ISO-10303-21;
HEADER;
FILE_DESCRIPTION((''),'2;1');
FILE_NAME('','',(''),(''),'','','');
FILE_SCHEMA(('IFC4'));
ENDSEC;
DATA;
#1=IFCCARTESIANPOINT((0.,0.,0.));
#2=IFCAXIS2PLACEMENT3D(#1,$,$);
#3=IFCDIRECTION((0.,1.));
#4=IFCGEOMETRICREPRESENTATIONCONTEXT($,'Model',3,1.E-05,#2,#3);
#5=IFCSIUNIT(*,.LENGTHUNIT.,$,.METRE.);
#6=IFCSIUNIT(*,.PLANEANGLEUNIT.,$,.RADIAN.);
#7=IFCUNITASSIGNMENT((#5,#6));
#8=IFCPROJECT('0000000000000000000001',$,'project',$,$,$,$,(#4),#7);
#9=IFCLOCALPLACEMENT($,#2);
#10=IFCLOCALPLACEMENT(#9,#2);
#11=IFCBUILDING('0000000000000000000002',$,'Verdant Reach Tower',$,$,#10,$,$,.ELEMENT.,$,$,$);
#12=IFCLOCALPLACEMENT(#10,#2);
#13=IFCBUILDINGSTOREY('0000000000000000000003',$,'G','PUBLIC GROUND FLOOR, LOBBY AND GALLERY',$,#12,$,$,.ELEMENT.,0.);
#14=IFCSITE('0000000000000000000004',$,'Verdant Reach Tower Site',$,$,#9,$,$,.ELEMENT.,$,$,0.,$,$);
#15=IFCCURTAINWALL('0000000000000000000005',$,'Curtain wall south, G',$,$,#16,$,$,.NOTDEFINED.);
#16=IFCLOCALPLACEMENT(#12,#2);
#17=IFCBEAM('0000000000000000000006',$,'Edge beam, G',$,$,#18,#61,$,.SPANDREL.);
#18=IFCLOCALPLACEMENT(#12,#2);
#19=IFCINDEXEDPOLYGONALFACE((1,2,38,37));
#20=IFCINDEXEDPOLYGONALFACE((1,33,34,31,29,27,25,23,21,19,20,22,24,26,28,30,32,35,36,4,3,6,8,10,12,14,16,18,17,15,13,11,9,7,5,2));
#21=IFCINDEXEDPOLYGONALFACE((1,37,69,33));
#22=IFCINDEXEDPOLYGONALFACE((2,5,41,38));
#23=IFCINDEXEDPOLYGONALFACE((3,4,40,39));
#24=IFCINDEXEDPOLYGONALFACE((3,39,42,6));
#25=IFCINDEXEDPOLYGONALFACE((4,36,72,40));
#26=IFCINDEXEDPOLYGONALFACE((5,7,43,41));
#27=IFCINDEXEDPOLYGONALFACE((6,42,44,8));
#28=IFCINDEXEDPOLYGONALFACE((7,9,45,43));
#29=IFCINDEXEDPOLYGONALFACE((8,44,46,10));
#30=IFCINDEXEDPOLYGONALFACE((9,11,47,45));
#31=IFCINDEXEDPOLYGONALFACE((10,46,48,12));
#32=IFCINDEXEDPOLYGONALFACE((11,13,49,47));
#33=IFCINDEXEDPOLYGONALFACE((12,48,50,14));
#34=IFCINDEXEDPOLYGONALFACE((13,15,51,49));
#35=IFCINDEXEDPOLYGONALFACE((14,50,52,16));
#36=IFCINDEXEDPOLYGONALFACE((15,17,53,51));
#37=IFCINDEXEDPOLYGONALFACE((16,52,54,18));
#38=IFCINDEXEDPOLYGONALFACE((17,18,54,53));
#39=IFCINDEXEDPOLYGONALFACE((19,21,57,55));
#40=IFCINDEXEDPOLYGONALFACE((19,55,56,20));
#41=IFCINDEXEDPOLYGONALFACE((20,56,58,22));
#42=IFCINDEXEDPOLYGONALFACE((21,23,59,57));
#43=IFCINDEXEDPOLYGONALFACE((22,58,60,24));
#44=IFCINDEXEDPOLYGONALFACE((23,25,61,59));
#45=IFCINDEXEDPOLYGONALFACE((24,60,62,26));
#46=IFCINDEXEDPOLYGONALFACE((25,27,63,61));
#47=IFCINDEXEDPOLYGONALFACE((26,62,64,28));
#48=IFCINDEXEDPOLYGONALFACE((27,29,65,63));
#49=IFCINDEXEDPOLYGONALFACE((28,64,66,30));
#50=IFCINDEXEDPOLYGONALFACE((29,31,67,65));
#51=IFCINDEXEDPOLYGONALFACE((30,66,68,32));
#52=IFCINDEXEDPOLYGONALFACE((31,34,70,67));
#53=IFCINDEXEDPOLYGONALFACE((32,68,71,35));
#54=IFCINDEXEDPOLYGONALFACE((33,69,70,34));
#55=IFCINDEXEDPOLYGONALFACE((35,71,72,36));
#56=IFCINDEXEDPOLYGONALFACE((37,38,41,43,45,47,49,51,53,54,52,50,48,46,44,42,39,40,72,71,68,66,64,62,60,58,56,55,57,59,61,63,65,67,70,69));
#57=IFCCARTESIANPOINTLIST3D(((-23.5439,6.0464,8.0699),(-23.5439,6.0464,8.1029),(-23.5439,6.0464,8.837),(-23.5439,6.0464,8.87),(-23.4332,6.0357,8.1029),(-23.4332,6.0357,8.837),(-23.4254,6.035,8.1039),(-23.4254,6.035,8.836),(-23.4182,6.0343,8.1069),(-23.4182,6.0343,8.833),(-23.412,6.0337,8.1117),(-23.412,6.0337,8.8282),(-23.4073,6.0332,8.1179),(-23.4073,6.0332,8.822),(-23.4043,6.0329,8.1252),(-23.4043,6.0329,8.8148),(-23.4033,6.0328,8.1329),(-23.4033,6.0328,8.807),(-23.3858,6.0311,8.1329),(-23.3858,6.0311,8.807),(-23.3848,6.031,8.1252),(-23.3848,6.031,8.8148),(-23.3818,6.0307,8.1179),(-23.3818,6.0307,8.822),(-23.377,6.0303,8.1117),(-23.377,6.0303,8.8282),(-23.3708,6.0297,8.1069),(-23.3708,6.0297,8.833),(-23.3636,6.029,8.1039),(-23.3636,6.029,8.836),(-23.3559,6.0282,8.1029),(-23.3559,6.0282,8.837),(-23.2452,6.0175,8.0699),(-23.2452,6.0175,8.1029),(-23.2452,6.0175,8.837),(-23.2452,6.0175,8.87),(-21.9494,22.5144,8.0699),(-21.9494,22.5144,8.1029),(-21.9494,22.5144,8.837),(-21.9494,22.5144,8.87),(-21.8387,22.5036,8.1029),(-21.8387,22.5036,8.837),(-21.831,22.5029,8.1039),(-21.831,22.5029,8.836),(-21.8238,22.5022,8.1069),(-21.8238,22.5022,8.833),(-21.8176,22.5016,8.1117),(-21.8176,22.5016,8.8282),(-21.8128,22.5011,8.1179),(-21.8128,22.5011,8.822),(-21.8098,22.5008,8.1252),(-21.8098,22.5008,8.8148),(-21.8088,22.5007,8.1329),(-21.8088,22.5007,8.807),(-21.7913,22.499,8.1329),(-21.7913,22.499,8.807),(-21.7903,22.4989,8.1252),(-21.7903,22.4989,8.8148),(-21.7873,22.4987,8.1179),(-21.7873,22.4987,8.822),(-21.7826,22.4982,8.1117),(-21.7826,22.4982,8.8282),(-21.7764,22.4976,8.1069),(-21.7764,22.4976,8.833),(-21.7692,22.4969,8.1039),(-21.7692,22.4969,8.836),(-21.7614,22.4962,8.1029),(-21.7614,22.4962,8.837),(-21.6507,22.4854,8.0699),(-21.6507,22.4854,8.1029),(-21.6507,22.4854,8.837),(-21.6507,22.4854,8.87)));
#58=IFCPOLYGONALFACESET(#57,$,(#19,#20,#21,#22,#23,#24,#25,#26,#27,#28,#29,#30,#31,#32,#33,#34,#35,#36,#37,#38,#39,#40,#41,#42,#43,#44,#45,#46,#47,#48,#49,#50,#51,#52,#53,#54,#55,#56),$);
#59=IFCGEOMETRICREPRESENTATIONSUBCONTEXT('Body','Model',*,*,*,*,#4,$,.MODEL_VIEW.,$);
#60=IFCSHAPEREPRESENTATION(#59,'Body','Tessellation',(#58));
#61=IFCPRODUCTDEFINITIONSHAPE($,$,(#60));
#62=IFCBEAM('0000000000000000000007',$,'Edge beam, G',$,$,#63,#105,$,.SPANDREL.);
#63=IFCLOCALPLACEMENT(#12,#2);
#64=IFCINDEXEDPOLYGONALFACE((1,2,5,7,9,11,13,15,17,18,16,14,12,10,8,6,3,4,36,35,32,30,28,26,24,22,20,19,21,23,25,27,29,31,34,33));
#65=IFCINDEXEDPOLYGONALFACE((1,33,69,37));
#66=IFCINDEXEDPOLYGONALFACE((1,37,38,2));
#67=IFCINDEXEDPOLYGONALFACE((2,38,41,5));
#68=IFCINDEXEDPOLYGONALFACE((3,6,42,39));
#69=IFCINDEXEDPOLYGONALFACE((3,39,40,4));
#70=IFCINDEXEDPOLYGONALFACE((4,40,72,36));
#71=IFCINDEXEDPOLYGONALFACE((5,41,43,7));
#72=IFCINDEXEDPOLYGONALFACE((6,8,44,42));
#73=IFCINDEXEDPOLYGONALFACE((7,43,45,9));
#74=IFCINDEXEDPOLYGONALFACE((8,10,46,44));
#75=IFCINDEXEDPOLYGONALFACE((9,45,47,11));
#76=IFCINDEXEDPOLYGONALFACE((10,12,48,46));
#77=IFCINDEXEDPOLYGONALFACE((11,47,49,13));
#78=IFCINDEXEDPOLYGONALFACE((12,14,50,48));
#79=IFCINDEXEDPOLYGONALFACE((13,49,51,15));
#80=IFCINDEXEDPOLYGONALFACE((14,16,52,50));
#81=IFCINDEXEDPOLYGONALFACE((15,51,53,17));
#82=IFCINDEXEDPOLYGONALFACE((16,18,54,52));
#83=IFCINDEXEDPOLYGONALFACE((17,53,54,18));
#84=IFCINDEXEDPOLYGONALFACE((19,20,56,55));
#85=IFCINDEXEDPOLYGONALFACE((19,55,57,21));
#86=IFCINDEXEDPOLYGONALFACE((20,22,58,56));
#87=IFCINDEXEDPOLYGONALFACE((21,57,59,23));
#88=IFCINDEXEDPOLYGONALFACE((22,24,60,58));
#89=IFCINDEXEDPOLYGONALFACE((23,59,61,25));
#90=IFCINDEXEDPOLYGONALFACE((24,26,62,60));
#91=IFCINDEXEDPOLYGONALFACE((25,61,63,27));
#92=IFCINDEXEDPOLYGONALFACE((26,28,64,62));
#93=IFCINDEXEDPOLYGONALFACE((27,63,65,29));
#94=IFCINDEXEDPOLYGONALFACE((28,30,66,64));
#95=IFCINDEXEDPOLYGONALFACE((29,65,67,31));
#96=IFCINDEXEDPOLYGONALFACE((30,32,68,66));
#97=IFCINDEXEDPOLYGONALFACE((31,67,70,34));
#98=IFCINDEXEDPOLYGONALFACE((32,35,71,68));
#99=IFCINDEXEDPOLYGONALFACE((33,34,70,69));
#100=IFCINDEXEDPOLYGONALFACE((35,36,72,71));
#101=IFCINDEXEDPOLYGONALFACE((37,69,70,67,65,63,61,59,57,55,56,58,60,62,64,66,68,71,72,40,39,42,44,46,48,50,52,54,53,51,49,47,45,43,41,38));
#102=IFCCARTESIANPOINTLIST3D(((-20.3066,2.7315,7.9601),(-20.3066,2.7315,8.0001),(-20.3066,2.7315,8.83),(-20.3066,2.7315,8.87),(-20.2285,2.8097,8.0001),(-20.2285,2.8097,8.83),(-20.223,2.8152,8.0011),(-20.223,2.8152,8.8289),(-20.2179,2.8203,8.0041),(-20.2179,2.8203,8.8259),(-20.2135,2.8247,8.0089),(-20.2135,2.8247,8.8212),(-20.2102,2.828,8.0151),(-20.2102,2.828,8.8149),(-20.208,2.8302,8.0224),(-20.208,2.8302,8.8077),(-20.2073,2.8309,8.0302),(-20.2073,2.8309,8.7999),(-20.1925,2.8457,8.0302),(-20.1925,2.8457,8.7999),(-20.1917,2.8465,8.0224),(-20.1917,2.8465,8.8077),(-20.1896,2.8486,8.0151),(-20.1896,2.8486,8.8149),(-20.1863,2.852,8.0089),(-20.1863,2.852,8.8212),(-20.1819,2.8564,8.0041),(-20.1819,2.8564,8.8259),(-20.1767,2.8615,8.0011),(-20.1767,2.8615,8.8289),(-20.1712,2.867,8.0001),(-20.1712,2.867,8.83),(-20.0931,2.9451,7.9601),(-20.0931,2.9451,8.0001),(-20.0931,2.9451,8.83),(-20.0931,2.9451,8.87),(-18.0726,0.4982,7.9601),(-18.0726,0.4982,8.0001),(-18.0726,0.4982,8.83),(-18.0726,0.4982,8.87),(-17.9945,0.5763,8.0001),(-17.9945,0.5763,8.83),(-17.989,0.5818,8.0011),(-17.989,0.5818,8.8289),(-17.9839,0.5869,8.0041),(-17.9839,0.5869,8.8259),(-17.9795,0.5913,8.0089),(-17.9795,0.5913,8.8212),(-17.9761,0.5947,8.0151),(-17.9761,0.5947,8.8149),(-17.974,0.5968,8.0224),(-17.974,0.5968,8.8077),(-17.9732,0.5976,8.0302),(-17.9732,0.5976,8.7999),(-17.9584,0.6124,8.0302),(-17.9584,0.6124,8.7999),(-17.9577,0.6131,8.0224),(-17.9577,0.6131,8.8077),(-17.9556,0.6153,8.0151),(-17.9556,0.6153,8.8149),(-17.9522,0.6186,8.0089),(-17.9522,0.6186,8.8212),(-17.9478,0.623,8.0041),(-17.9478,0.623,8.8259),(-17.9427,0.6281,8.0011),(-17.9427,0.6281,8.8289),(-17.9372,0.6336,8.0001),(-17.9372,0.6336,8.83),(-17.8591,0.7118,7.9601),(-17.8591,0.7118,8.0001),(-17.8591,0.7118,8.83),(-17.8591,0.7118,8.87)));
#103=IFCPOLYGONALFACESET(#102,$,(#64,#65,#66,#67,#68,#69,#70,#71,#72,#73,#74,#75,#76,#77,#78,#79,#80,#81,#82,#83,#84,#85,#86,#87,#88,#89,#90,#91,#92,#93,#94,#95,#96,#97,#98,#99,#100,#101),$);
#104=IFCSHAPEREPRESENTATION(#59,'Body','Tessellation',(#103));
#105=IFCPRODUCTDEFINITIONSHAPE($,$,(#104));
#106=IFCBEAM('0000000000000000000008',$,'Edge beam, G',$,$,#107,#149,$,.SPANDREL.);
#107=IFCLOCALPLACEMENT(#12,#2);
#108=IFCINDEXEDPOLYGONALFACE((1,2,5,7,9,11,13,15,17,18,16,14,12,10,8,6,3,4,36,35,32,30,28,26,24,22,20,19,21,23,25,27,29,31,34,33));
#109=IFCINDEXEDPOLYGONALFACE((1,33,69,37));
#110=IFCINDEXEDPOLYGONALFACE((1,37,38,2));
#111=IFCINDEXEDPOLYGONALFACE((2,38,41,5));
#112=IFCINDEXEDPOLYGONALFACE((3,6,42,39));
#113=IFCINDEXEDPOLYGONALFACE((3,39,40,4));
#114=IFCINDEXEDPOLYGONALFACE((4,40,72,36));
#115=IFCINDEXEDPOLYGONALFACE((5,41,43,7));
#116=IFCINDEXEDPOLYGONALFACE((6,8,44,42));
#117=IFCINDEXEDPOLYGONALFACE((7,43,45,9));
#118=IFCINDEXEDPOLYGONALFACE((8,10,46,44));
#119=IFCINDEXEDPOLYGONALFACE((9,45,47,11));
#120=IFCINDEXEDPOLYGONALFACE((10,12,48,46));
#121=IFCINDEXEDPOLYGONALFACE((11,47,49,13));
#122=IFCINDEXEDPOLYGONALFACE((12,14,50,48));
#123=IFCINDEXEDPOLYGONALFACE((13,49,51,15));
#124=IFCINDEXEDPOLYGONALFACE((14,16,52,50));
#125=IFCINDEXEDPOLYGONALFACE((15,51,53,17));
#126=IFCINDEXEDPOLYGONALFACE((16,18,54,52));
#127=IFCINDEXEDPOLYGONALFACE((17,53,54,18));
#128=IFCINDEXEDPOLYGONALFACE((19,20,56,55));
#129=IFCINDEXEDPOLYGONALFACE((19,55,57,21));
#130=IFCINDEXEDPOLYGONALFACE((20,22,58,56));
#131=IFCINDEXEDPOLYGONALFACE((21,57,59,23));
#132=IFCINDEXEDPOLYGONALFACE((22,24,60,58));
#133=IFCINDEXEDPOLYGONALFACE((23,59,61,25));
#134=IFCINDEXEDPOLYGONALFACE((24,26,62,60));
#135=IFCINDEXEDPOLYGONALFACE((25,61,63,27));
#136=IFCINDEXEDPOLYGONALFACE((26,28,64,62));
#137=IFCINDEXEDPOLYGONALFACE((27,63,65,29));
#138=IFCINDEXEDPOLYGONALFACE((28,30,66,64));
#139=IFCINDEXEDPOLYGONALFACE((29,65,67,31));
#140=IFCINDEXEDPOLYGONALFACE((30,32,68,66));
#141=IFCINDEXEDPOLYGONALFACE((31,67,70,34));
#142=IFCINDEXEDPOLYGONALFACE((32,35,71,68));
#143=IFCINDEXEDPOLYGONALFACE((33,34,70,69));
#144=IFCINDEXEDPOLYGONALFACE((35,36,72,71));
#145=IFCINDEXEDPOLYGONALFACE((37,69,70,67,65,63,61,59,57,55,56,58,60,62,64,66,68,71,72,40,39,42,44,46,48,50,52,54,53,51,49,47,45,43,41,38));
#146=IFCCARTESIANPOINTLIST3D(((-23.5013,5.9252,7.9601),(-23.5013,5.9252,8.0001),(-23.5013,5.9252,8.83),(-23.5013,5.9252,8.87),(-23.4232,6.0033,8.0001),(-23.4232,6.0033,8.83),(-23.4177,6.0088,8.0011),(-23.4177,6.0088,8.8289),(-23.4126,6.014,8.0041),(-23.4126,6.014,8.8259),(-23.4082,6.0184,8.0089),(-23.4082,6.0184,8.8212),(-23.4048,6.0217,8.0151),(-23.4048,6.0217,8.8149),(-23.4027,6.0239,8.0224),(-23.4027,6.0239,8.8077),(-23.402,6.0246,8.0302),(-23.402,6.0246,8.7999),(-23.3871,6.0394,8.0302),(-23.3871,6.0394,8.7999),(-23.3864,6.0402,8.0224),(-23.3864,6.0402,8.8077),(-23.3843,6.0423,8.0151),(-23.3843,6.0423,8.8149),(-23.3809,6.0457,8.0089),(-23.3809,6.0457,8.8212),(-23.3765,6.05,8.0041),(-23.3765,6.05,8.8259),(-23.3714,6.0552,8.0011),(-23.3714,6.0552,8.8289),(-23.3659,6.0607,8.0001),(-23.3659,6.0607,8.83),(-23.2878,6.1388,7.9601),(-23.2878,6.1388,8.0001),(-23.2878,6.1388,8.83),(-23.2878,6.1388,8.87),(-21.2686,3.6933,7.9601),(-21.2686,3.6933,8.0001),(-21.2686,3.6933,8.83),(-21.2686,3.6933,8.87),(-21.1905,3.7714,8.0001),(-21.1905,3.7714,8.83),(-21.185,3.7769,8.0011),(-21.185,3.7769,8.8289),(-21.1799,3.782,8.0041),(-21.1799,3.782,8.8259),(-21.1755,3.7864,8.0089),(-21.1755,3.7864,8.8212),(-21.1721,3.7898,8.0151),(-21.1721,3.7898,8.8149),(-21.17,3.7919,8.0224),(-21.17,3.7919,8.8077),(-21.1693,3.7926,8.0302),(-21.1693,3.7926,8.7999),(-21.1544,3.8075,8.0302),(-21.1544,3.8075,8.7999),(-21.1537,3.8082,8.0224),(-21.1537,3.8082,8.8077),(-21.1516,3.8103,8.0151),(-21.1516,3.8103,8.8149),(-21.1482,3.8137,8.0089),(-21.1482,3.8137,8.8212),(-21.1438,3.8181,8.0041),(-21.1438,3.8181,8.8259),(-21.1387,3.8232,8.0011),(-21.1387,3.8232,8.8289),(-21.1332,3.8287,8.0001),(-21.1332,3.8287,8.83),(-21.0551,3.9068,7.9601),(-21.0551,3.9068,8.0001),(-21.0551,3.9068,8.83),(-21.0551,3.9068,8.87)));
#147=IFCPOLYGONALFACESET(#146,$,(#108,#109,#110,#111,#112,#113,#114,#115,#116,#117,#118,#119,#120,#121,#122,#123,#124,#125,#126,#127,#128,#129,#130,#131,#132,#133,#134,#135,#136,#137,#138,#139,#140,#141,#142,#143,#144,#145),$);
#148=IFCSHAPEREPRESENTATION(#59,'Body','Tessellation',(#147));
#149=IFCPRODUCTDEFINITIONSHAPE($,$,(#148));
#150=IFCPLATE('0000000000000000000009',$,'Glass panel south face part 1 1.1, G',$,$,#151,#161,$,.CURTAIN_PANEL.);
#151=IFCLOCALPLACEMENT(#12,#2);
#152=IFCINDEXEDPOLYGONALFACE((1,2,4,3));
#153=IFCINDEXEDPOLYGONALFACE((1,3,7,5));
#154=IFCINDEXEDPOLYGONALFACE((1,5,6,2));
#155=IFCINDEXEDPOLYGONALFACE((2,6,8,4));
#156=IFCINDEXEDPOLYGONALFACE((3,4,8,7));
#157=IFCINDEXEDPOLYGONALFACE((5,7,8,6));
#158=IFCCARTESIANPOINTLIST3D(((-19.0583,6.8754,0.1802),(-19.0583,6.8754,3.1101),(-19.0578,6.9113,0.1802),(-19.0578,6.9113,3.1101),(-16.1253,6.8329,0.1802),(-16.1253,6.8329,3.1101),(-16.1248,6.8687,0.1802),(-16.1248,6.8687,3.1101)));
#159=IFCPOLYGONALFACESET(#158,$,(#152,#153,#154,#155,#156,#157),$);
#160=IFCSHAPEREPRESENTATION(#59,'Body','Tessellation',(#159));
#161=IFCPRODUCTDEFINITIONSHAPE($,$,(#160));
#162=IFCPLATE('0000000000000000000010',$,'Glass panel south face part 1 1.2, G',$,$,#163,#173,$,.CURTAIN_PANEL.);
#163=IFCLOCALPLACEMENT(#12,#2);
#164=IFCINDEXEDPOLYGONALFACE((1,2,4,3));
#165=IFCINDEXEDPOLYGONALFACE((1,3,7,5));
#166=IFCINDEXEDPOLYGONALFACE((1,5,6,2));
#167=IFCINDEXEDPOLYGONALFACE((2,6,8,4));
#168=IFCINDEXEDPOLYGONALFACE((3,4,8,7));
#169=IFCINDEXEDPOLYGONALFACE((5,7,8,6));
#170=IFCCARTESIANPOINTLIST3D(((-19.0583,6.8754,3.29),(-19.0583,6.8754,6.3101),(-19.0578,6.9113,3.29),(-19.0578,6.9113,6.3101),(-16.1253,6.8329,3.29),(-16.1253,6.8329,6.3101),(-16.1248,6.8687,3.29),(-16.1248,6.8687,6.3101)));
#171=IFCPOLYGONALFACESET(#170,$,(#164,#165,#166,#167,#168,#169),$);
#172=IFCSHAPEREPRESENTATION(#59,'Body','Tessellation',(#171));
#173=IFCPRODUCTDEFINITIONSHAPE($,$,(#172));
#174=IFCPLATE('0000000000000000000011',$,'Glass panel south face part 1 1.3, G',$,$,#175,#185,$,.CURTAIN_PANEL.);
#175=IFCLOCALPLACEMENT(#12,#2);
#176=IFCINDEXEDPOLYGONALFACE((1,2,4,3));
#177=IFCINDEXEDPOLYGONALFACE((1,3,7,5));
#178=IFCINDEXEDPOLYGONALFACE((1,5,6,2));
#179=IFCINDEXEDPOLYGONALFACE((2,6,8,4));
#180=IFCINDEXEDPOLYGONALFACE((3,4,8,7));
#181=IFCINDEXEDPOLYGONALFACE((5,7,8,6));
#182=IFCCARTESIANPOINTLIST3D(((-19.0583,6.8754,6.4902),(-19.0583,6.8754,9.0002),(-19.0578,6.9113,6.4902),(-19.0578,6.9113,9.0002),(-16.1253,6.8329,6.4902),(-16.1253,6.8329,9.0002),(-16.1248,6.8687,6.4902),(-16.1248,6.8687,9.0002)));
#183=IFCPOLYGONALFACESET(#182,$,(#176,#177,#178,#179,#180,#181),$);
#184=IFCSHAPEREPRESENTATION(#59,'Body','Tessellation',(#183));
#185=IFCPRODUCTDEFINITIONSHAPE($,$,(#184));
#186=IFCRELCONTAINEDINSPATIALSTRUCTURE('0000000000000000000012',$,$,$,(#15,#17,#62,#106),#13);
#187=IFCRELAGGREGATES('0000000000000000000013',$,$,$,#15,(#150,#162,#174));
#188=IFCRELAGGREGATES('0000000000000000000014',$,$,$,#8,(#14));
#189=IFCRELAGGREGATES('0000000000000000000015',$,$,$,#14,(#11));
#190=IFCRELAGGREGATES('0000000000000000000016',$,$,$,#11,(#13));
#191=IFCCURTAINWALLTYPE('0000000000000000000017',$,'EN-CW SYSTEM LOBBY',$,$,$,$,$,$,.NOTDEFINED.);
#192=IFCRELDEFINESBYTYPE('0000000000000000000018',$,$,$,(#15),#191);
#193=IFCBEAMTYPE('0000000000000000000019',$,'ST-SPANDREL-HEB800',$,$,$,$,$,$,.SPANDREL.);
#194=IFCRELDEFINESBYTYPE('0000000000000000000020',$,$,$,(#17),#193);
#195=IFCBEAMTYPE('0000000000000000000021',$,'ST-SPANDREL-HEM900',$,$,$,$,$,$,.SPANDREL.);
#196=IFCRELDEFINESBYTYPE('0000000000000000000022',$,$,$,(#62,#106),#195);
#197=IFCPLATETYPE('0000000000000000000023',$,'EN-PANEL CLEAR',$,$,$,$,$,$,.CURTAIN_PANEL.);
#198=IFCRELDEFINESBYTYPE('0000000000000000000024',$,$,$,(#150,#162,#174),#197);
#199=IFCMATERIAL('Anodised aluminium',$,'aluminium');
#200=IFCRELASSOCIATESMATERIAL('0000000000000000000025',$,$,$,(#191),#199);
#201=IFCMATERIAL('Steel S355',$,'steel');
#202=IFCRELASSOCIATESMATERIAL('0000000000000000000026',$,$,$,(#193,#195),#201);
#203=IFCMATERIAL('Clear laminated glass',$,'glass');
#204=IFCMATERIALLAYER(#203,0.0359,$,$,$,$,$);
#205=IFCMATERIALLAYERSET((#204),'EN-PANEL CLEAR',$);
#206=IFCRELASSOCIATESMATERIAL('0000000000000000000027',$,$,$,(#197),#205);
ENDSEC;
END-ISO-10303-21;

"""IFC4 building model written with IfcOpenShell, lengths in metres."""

from ifc_helpers import new_model, si_unit, direction, frame, origin, origin_2d, place, context, subcontext, project, spatial, rectangle, i_section, extrude, material, layer, layer_set, material_profile, profile_set, type_object, element, aggregate, save


model = new_model("IFC4")

# Units and contexts
model_context = context("Model", 3, precision=1e-05, world=origin(), true_north=direction((0.0, 1.0)))
body_context = subcontext(model_context, "Body", "Model", "MODEL_VIEW")
ifc_project = project(units=[si_unit("LENGTHUNIT", "METRE"), si_unit("PLANEANGLEUNIT", "RADIAN")], contexts=[model_context])

# Site, building, storey
site_placement = place(None, origin())
site = spatial("IfcSite", under=ifc_project, at=site_placement, Name="Verdant Reach Tower Site", CompositionType="ELEMENT", RefElevation=0.0)
building_placement = place(site_placement, origin())
building = spatial("IfcBuilding", under=site, at=building_placement, Name="Verdant Reach Tower", CompositionType="ELEMENT")
storey_placement = place(building_placement, origin())
storey = spatial("IfcBuildingStorey", under=building, at=storey_placement, Name="G", Description="PUBLIC GROUND FLOOR, LOBBY AND GALLERY", CompositionType="ELEMENT", Elevation=0.0)

# Curtain wall
ifc_material_1 = material(Name="Anodised aluminium", Category="aluminium")
curtain_wall_type = type_object("IfcCurtainWallType", Name="EN-CW SYSTEM LOBBY", PredefinedType="NOTDEFINED", material=ifc_material_1)
curtain_wall_1_placement = place(storey_placement, origin())
curtain_wall_1 = element("IfcCurtainWall", 1, at=curtain_wall_1_placement, inside=storey, type_object=curtain_wall_type, Name="Curtain wall south, G", PredefinedType="NOTDEFINED")

# Beams
ifc_material_2 = material(Name="Steel S355", Category="steel")
ifc_material_profile_1 = material_profile(ifc_material_2, i_section(OverallWidth=0.3, OverallDepth=0.8, WebThickness=0.0176, FlangeThickness=0.033, FilletRadius=0.03, at=origin_2d()), Name="HEB 800")
ifc_profile_set_1 = profile_set([ifc_material_profile_1], Name="Steel S355")
beam_type_1 = type_object("IfcBeamType", Name="ST-SPANDREL-HEB800", PredefinedType="SPANDREL", material=ifc_profile_set_1)
beam_1_placement = place(storey_placement, frame((-23.3945, 6.032, 8.47), z_axis=(0.096372, 0.995345, 0.0), x_axis=(-0.995345, 0.096372, 0.0)))
element("IfcBeam", 2, at=beam_1_placement, inside=storey, type_object=beam_type_1, Name="Edge beam, G", PredefinedType="SPANDREL", context=body_context, shape_type="SweptSolid", body=[
    extrude(i_section(OverallWidth=0.3, OverallDepth=0.8, WebThickness=0.0176, FlangeThickness=0.033, FilletRadius=0.03, at=origin_2d()), origin(), (0.0, 0.0, 1.0), 16.5449),
])
ifc_material_profile_2 = material_profile(ifc_material_2, i_section(OverallWidth=0.302, OverallDepth=0.9099, WebThickness=0.021, FlangeThickness=0.04, FilletRadius=0.03, at=origin_2d()), Name="HEM 900")
ifc_profile_set_2 = profile_set([ifc_material_profile_2], Name="Steel S355")
beam_type_2 = type_object("IfcBeamType", Name="ST-SPANDREL-HEM900", PredefinedType="SPANDREL", material=ifc_profile_set_2)
beam_2_placement = place(storey_placement, frame((-17.9658, 0.605, 8.415), z_axis=(-0.707223, 0.706991, 0.0), x_axis=(-0.706991, -0.707223, 0.0)))
element("IfcBeam", 3, at=beam_2_placement, inside=storey, type_object=beam_type_2, Name="Edge beam, G", PredefinedType="SPANDREL", context=body_context, shape_type="SweptSolid", body=[
    extrude(i_section(OverallWidth=0.302, OverallDepth=0.9099, WebThickness=0.021, FlangeThickness=0.04, FilletRadius=0.03, at=origin_2d()), origin(), (0.0, 0.0, 1.0), 3.1589),
])
beam_3_placement = place(storey_placement, frame((-21.1619, 3.8, 8.415), z_axis=(-0.707223, 0.706991, 0.0), x_axis=(-0.706991, -0.707223, 0.0)))
element("IfcBeam", 4, at=beam_3_placement, inside=storey, type_object=beam_type_2, Name="Edge beam, G", PredefinedType="SPANDREL", context=body_context, shape_type="SweptSolid", body=[
    extrude(i_section(OverallWidth=0.302, OverallDepth=0.9099, WebThickness=0.021, FlangeThickness=0.04, FilletRadius=0.03, at=origin_2d()), origin(), (0.0, 0.0, 1.0), 3.157),
])

# Plates
ifc_material_3 = material(Name="Clear laminated glass", Category="glass")
ifc_layer = layer(ifc_material_3, 0.0359)
ifc_layer_set = layer_set([ifc_layer], Name="EN-PANEL CLEAR")
plate_type = type_object("IfcPlateType", Name="EN-PANEL CLEAR", PredefinedType="CURTAIN_PANEL", material=ifc_layer_set)
plate_1_placement = place(storey_placement, frame((-17.5916, 6.8721, 0.1802), z_axis=(0.0, 0.0, 1.0), x_axis=(0.999895, -0.014502, 0.0)))
plate_1 = element("IfcPlate", 5, at=plate_1_placement, type_object=plate_type, Name="Glass panel south face part 1 1.1, G", PredefinedType="CURTAIN_PANEL", context=body_context, shape_type="SweptSolid", body=[
    extrude(rectangle(XDim=2.9333, YDim=0.0359, at=origin_2d()), origin(), (0.0, 0.0, 1.0), 2.9299),
])
plate_2_placement = place(storey_placement, frame((-17.5916, 6.8721, 3.29), z_axis=(0.0, 0.0, 1.0), x_axis=(0.999895, -0.014502, 0.0)))
plate_2 = element("IfcPlate", 6, at=plate_2_placement, type_object=plate_type, Name="Glass panel south face part 1 1.2, G", PredefinedType="CURTAIN_PANEL", context=body_context, shape_type="SweptSolid", body=[
    extrude(rectangle(XDim=2.9333, YDim=0.0359, at=origin_2d()), origin(), (0.0, 0.0, 1.0), 3.02),
])
plate_3_placement = place(storey_placement, frame((-17.5916, 6.8721, 6.4902), z_axis=(0.0, 0.0, 1.0), x_axis=(0.999895, -0.014502, 0.0)))
plate_3 = element("IfcPlate", 7, at=plate_3_placement, type_object=plate_type, Name="Glass panel south face part 1 1.3, G", PredefinedType="CURTAIN_PANEL", context=body_context, shape_type="SweptSolid", body=[
    extrude(rectangle(XDim=2.9333, YDim=0.0359, at=origin_2d()), origin(), (0.0, 0.0, 1.0), 2.51),
])
aggregate(curtain_wall_1, [plate_1, plate_2, plate_3])

save(model, "model.ifc")
